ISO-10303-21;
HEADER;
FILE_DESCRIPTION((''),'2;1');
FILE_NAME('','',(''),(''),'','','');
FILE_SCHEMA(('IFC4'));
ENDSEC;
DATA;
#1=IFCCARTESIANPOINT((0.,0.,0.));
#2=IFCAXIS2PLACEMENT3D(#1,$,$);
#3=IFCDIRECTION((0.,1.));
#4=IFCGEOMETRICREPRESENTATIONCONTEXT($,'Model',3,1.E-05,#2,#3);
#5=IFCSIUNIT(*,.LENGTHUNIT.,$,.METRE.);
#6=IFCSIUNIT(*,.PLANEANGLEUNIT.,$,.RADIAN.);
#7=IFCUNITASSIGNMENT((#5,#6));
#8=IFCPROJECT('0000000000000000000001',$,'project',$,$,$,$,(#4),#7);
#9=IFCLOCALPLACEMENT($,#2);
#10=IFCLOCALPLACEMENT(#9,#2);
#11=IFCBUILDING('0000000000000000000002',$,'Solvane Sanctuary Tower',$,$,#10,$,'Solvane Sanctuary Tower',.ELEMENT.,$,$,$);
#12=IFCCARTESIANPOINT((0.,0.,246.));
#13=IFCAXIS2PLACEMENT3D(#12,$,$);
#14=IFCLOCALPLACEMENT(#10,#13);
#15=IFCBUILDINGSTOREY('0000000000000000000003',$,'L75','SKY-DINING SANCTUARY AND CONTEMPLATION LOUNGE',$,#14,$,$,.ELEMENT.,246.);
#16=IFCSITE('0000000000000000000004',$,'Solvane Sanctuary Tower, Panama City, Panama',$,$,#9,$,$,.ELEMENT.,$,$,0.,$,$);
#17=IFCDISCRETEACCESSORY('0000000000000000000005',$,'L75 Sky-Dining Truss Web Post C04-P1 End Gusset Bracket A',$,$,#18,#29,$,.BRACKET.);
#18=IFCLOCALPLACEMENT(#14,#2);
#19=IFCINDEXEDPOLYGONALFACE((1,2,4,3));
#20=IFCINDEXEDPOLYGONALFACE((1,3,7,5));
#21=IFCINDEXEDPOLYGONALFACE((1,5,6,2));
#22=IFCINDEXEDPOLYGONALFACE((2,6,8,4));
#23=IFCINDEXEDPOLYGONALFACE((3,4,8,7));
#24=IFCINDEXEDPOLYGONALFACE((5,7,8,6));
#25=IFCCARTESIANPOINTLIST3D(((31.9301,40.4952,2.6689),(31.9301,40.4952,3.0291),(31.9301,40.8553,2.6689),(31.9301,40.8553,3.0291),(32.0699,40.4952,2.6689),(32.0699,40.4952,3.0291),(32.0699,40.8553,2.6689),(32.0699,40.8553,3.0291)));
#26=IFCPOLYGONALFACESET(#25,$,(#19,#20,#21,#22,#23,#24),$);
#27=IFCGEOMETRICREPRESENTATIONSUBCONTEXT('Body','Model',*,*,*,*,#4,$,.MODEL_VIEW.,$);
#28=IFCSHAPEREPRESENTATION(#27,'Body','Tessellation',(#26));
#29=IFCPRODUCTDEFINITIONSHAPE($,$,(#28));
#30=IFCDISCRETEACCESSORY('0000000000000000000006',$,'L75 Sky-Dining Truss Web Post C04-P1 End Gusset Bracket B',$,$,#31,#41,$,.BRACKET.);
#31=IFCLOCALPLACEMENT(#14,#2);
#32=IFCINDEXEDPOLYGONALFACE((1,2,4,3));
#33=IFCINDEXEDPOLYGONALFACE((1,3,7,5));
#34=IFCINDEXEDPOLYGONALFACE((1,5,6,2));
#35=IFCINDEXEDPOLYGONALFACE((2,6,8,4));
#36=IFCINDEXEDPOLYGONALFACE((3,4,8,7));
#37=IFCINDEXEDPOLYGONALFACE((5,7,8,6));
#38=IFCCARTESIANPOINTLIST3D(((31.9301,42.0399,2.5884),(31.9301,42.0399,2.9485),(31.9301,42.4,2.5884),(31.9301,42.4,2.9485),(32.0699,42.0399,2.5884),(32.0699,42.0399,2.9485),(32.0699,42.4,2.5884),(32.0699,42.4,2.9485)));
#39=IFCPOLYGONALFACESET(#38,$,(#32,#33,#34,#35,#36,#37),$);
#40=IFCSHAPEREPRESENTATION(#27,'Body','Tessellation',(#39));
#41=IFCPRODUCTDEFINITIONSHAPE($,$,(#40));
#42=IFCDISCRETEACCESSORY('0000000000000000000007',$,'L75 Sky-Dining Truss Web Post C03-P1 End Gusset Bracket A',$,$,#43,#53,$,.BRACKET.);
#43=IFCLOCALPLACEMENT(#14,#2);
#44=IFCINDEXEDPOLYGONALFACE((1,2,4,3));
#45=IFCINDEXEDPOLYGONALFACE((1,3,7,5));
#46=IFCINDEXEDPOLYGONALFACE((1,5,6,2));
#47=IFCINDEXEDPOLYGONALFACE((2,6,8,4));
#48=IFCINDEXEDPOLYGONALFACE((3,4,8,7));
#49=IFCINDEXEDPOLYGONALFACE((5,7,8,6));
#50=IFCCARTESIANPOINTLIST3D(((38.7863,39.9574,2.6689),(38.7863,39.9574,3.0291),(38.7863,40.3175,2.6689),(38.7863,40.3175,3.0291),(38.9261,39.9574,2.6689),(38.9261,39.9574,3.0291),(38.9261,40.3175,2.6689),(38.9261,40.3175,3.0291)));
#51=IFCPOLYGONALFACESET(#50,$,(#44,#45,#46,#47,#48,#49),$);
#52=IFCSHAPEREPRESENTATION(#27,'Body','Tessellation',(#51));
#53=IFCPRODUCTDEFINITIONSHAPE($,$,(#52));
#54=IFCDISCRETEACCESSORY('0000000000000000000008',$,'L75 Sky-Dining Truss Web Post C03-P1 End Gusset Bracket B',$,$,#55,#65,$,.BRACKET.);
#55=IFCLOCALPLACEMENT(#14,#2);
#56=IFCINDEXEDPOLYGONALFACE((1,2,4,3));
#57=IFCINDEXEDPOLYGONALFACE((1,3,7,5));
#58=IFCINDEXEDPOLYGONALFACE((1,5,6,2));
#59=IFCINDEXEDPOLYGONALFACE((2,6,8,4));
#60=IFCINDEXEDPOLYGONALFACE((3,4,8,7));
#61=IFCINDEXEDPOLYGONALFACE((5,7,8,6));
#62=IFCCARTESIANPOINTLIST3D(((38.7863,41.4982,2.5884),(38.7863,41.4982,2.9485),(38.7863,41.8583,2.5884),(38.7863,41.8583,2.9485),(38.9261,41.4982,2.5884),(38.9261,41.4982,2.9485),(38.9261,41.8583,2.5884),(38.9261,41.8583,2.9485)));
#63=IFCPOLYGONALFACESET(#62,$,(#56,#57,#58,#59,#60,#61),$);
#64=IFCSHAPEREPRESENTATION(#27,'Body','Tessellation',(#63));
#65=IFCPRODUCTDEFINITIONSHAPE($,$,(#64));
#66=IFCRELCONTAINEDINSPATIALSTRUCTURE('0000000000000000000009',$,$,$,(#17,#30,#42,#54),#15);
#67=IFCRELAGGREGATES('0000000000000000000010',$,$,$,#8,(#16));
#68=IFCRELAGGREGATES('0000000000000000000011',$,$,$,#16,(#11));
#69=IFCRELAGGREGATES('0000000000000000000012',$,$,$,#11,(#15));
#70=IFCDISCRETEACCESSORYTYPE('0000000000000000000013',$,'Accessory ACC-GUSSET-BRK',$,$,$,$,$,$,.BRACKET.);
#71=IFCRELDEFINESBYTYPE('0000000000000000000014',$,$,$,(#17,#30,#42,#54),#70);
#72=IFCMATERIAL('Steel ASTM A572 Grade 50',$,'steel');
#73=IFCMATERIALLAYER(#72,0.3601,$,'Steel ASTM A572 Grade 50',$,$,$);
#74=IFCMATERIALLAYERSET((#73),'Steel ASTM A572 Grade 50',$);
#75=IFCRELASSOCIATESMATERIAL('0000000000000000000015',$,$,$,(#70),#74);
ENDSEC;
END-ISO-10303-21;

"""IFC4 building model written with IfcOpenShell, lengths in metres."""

from ifc_helpers import new_model, si_unit, direction, frame, origin, origin_2d, place, context, subcontext, project, spatial, rectangle, extrude, material, layer, layer_set, type_object, element, save


model = new_model("IFC4")

# Units and contexts
model_context = context("Model", 3, precision=1e-05, world=origin(), true_north=direction((0.0, 1.0)))
body_context = subcontext(model_context, "Body", "Model", "MODEL_VIEW")
ifc_project = project(units=[si_unit("LENGTHUNIT", "METRE"), si_unit("PLANEANGLEUNIT", "RADIAN")], contexts=[model_context])

# Site, building, storey
site_placement = place(None, origin())
site = spatial("IfcSite", under=ifc_project, at=site_placement, Name="Solvane Sanctuary Tower, Panama City, Panama", CompositionType="ELEMENT", RefElevation=0.0)
building_placement = place(site_placement, origin())
building = spatial("IfcBuilding", under=site, at=building_placement, Name="Solvane Sanctuary Tower", LongName="Solvane Sanctuary Tower", CompositionType="ELEMENT")
storey_placement = place(building_placement, frame((0.0, 0.0, 246.0)))
storey = spatial("IfcBuildingStorey", under=building, at=storey_placement, Name="L75", Description="SKY-DINING SANCTUARY AND CONTEMPLATION LOUNGE", CompositionType="ELEMENT", Elevation=246.0)

# Discrete accessories
ifc_material_1 = material(Name="Steel ASTM A572 Grade 50", Category="steel")
ifc_layer_1 = layer(ifc_material_1, 0.3601, Name="Steel ASTM A572 Grade 50")
ifc_layer_set_1 = layer_set([ifc_layer_1], Name="Steel ASTM A572 Grade 50")
discrete_accessory_type = type_object("IfcDiscreteAccessoryType", Name="Accessory ACC-GUSSET-BRK", PredefinedType="BRACKET", material=ifc_layer_set_1)
for number, where, z_axis, x_axis, name in (
    (1, (32.0, 40.6753, 2.6689), (0.0, 0.0, 1.0), (0.0, 1.0, 0.0), "L75 Sky-Dining Truss Web Post C04-P1 End Gusset Bracket A"),
    (2, (32.0, 42.22, 2.5884), (0.0, 0.0, 1.0), (0.0, 1.0, 0.0), "L75 Sky-Dining Truss Web Post C04-P1 End Gusset Bracket B"),
    (3, (38.8562, 40.1375, 2.6689), (0.0, 0.0, 1.0), (0.0, 1.0, 0.0), "L75 Sky-Dining Truss Web Post C03-P1 End Gusset Bracket A"),
    (4, (38.8562, 41.6782, 2.5884), (0.0, 0.0, 1.0), (0.0, 1.0, 0.0), "L75 Sky-Dining Truss Web Post C03-P1 End Gusset Bracket B"),
):
    element("IfcDiscreteAccessory", number, at=place(storey_placement, frame(where, z_axis=z_axis, x_axis=x_axis)), inside=storey, type_object=discrete_accessory_type, Name=name, PredefinedType="BRACKET", context=body_context, shape_type="SweptSolid", body=[
        extrude(rectangle(XDim=0.3601, YDim=0.1399, at=origin_2d()), origin(), (0.0, 0.0, 1.0), 0.3601),
    ])

save(model, "model.ifc")
